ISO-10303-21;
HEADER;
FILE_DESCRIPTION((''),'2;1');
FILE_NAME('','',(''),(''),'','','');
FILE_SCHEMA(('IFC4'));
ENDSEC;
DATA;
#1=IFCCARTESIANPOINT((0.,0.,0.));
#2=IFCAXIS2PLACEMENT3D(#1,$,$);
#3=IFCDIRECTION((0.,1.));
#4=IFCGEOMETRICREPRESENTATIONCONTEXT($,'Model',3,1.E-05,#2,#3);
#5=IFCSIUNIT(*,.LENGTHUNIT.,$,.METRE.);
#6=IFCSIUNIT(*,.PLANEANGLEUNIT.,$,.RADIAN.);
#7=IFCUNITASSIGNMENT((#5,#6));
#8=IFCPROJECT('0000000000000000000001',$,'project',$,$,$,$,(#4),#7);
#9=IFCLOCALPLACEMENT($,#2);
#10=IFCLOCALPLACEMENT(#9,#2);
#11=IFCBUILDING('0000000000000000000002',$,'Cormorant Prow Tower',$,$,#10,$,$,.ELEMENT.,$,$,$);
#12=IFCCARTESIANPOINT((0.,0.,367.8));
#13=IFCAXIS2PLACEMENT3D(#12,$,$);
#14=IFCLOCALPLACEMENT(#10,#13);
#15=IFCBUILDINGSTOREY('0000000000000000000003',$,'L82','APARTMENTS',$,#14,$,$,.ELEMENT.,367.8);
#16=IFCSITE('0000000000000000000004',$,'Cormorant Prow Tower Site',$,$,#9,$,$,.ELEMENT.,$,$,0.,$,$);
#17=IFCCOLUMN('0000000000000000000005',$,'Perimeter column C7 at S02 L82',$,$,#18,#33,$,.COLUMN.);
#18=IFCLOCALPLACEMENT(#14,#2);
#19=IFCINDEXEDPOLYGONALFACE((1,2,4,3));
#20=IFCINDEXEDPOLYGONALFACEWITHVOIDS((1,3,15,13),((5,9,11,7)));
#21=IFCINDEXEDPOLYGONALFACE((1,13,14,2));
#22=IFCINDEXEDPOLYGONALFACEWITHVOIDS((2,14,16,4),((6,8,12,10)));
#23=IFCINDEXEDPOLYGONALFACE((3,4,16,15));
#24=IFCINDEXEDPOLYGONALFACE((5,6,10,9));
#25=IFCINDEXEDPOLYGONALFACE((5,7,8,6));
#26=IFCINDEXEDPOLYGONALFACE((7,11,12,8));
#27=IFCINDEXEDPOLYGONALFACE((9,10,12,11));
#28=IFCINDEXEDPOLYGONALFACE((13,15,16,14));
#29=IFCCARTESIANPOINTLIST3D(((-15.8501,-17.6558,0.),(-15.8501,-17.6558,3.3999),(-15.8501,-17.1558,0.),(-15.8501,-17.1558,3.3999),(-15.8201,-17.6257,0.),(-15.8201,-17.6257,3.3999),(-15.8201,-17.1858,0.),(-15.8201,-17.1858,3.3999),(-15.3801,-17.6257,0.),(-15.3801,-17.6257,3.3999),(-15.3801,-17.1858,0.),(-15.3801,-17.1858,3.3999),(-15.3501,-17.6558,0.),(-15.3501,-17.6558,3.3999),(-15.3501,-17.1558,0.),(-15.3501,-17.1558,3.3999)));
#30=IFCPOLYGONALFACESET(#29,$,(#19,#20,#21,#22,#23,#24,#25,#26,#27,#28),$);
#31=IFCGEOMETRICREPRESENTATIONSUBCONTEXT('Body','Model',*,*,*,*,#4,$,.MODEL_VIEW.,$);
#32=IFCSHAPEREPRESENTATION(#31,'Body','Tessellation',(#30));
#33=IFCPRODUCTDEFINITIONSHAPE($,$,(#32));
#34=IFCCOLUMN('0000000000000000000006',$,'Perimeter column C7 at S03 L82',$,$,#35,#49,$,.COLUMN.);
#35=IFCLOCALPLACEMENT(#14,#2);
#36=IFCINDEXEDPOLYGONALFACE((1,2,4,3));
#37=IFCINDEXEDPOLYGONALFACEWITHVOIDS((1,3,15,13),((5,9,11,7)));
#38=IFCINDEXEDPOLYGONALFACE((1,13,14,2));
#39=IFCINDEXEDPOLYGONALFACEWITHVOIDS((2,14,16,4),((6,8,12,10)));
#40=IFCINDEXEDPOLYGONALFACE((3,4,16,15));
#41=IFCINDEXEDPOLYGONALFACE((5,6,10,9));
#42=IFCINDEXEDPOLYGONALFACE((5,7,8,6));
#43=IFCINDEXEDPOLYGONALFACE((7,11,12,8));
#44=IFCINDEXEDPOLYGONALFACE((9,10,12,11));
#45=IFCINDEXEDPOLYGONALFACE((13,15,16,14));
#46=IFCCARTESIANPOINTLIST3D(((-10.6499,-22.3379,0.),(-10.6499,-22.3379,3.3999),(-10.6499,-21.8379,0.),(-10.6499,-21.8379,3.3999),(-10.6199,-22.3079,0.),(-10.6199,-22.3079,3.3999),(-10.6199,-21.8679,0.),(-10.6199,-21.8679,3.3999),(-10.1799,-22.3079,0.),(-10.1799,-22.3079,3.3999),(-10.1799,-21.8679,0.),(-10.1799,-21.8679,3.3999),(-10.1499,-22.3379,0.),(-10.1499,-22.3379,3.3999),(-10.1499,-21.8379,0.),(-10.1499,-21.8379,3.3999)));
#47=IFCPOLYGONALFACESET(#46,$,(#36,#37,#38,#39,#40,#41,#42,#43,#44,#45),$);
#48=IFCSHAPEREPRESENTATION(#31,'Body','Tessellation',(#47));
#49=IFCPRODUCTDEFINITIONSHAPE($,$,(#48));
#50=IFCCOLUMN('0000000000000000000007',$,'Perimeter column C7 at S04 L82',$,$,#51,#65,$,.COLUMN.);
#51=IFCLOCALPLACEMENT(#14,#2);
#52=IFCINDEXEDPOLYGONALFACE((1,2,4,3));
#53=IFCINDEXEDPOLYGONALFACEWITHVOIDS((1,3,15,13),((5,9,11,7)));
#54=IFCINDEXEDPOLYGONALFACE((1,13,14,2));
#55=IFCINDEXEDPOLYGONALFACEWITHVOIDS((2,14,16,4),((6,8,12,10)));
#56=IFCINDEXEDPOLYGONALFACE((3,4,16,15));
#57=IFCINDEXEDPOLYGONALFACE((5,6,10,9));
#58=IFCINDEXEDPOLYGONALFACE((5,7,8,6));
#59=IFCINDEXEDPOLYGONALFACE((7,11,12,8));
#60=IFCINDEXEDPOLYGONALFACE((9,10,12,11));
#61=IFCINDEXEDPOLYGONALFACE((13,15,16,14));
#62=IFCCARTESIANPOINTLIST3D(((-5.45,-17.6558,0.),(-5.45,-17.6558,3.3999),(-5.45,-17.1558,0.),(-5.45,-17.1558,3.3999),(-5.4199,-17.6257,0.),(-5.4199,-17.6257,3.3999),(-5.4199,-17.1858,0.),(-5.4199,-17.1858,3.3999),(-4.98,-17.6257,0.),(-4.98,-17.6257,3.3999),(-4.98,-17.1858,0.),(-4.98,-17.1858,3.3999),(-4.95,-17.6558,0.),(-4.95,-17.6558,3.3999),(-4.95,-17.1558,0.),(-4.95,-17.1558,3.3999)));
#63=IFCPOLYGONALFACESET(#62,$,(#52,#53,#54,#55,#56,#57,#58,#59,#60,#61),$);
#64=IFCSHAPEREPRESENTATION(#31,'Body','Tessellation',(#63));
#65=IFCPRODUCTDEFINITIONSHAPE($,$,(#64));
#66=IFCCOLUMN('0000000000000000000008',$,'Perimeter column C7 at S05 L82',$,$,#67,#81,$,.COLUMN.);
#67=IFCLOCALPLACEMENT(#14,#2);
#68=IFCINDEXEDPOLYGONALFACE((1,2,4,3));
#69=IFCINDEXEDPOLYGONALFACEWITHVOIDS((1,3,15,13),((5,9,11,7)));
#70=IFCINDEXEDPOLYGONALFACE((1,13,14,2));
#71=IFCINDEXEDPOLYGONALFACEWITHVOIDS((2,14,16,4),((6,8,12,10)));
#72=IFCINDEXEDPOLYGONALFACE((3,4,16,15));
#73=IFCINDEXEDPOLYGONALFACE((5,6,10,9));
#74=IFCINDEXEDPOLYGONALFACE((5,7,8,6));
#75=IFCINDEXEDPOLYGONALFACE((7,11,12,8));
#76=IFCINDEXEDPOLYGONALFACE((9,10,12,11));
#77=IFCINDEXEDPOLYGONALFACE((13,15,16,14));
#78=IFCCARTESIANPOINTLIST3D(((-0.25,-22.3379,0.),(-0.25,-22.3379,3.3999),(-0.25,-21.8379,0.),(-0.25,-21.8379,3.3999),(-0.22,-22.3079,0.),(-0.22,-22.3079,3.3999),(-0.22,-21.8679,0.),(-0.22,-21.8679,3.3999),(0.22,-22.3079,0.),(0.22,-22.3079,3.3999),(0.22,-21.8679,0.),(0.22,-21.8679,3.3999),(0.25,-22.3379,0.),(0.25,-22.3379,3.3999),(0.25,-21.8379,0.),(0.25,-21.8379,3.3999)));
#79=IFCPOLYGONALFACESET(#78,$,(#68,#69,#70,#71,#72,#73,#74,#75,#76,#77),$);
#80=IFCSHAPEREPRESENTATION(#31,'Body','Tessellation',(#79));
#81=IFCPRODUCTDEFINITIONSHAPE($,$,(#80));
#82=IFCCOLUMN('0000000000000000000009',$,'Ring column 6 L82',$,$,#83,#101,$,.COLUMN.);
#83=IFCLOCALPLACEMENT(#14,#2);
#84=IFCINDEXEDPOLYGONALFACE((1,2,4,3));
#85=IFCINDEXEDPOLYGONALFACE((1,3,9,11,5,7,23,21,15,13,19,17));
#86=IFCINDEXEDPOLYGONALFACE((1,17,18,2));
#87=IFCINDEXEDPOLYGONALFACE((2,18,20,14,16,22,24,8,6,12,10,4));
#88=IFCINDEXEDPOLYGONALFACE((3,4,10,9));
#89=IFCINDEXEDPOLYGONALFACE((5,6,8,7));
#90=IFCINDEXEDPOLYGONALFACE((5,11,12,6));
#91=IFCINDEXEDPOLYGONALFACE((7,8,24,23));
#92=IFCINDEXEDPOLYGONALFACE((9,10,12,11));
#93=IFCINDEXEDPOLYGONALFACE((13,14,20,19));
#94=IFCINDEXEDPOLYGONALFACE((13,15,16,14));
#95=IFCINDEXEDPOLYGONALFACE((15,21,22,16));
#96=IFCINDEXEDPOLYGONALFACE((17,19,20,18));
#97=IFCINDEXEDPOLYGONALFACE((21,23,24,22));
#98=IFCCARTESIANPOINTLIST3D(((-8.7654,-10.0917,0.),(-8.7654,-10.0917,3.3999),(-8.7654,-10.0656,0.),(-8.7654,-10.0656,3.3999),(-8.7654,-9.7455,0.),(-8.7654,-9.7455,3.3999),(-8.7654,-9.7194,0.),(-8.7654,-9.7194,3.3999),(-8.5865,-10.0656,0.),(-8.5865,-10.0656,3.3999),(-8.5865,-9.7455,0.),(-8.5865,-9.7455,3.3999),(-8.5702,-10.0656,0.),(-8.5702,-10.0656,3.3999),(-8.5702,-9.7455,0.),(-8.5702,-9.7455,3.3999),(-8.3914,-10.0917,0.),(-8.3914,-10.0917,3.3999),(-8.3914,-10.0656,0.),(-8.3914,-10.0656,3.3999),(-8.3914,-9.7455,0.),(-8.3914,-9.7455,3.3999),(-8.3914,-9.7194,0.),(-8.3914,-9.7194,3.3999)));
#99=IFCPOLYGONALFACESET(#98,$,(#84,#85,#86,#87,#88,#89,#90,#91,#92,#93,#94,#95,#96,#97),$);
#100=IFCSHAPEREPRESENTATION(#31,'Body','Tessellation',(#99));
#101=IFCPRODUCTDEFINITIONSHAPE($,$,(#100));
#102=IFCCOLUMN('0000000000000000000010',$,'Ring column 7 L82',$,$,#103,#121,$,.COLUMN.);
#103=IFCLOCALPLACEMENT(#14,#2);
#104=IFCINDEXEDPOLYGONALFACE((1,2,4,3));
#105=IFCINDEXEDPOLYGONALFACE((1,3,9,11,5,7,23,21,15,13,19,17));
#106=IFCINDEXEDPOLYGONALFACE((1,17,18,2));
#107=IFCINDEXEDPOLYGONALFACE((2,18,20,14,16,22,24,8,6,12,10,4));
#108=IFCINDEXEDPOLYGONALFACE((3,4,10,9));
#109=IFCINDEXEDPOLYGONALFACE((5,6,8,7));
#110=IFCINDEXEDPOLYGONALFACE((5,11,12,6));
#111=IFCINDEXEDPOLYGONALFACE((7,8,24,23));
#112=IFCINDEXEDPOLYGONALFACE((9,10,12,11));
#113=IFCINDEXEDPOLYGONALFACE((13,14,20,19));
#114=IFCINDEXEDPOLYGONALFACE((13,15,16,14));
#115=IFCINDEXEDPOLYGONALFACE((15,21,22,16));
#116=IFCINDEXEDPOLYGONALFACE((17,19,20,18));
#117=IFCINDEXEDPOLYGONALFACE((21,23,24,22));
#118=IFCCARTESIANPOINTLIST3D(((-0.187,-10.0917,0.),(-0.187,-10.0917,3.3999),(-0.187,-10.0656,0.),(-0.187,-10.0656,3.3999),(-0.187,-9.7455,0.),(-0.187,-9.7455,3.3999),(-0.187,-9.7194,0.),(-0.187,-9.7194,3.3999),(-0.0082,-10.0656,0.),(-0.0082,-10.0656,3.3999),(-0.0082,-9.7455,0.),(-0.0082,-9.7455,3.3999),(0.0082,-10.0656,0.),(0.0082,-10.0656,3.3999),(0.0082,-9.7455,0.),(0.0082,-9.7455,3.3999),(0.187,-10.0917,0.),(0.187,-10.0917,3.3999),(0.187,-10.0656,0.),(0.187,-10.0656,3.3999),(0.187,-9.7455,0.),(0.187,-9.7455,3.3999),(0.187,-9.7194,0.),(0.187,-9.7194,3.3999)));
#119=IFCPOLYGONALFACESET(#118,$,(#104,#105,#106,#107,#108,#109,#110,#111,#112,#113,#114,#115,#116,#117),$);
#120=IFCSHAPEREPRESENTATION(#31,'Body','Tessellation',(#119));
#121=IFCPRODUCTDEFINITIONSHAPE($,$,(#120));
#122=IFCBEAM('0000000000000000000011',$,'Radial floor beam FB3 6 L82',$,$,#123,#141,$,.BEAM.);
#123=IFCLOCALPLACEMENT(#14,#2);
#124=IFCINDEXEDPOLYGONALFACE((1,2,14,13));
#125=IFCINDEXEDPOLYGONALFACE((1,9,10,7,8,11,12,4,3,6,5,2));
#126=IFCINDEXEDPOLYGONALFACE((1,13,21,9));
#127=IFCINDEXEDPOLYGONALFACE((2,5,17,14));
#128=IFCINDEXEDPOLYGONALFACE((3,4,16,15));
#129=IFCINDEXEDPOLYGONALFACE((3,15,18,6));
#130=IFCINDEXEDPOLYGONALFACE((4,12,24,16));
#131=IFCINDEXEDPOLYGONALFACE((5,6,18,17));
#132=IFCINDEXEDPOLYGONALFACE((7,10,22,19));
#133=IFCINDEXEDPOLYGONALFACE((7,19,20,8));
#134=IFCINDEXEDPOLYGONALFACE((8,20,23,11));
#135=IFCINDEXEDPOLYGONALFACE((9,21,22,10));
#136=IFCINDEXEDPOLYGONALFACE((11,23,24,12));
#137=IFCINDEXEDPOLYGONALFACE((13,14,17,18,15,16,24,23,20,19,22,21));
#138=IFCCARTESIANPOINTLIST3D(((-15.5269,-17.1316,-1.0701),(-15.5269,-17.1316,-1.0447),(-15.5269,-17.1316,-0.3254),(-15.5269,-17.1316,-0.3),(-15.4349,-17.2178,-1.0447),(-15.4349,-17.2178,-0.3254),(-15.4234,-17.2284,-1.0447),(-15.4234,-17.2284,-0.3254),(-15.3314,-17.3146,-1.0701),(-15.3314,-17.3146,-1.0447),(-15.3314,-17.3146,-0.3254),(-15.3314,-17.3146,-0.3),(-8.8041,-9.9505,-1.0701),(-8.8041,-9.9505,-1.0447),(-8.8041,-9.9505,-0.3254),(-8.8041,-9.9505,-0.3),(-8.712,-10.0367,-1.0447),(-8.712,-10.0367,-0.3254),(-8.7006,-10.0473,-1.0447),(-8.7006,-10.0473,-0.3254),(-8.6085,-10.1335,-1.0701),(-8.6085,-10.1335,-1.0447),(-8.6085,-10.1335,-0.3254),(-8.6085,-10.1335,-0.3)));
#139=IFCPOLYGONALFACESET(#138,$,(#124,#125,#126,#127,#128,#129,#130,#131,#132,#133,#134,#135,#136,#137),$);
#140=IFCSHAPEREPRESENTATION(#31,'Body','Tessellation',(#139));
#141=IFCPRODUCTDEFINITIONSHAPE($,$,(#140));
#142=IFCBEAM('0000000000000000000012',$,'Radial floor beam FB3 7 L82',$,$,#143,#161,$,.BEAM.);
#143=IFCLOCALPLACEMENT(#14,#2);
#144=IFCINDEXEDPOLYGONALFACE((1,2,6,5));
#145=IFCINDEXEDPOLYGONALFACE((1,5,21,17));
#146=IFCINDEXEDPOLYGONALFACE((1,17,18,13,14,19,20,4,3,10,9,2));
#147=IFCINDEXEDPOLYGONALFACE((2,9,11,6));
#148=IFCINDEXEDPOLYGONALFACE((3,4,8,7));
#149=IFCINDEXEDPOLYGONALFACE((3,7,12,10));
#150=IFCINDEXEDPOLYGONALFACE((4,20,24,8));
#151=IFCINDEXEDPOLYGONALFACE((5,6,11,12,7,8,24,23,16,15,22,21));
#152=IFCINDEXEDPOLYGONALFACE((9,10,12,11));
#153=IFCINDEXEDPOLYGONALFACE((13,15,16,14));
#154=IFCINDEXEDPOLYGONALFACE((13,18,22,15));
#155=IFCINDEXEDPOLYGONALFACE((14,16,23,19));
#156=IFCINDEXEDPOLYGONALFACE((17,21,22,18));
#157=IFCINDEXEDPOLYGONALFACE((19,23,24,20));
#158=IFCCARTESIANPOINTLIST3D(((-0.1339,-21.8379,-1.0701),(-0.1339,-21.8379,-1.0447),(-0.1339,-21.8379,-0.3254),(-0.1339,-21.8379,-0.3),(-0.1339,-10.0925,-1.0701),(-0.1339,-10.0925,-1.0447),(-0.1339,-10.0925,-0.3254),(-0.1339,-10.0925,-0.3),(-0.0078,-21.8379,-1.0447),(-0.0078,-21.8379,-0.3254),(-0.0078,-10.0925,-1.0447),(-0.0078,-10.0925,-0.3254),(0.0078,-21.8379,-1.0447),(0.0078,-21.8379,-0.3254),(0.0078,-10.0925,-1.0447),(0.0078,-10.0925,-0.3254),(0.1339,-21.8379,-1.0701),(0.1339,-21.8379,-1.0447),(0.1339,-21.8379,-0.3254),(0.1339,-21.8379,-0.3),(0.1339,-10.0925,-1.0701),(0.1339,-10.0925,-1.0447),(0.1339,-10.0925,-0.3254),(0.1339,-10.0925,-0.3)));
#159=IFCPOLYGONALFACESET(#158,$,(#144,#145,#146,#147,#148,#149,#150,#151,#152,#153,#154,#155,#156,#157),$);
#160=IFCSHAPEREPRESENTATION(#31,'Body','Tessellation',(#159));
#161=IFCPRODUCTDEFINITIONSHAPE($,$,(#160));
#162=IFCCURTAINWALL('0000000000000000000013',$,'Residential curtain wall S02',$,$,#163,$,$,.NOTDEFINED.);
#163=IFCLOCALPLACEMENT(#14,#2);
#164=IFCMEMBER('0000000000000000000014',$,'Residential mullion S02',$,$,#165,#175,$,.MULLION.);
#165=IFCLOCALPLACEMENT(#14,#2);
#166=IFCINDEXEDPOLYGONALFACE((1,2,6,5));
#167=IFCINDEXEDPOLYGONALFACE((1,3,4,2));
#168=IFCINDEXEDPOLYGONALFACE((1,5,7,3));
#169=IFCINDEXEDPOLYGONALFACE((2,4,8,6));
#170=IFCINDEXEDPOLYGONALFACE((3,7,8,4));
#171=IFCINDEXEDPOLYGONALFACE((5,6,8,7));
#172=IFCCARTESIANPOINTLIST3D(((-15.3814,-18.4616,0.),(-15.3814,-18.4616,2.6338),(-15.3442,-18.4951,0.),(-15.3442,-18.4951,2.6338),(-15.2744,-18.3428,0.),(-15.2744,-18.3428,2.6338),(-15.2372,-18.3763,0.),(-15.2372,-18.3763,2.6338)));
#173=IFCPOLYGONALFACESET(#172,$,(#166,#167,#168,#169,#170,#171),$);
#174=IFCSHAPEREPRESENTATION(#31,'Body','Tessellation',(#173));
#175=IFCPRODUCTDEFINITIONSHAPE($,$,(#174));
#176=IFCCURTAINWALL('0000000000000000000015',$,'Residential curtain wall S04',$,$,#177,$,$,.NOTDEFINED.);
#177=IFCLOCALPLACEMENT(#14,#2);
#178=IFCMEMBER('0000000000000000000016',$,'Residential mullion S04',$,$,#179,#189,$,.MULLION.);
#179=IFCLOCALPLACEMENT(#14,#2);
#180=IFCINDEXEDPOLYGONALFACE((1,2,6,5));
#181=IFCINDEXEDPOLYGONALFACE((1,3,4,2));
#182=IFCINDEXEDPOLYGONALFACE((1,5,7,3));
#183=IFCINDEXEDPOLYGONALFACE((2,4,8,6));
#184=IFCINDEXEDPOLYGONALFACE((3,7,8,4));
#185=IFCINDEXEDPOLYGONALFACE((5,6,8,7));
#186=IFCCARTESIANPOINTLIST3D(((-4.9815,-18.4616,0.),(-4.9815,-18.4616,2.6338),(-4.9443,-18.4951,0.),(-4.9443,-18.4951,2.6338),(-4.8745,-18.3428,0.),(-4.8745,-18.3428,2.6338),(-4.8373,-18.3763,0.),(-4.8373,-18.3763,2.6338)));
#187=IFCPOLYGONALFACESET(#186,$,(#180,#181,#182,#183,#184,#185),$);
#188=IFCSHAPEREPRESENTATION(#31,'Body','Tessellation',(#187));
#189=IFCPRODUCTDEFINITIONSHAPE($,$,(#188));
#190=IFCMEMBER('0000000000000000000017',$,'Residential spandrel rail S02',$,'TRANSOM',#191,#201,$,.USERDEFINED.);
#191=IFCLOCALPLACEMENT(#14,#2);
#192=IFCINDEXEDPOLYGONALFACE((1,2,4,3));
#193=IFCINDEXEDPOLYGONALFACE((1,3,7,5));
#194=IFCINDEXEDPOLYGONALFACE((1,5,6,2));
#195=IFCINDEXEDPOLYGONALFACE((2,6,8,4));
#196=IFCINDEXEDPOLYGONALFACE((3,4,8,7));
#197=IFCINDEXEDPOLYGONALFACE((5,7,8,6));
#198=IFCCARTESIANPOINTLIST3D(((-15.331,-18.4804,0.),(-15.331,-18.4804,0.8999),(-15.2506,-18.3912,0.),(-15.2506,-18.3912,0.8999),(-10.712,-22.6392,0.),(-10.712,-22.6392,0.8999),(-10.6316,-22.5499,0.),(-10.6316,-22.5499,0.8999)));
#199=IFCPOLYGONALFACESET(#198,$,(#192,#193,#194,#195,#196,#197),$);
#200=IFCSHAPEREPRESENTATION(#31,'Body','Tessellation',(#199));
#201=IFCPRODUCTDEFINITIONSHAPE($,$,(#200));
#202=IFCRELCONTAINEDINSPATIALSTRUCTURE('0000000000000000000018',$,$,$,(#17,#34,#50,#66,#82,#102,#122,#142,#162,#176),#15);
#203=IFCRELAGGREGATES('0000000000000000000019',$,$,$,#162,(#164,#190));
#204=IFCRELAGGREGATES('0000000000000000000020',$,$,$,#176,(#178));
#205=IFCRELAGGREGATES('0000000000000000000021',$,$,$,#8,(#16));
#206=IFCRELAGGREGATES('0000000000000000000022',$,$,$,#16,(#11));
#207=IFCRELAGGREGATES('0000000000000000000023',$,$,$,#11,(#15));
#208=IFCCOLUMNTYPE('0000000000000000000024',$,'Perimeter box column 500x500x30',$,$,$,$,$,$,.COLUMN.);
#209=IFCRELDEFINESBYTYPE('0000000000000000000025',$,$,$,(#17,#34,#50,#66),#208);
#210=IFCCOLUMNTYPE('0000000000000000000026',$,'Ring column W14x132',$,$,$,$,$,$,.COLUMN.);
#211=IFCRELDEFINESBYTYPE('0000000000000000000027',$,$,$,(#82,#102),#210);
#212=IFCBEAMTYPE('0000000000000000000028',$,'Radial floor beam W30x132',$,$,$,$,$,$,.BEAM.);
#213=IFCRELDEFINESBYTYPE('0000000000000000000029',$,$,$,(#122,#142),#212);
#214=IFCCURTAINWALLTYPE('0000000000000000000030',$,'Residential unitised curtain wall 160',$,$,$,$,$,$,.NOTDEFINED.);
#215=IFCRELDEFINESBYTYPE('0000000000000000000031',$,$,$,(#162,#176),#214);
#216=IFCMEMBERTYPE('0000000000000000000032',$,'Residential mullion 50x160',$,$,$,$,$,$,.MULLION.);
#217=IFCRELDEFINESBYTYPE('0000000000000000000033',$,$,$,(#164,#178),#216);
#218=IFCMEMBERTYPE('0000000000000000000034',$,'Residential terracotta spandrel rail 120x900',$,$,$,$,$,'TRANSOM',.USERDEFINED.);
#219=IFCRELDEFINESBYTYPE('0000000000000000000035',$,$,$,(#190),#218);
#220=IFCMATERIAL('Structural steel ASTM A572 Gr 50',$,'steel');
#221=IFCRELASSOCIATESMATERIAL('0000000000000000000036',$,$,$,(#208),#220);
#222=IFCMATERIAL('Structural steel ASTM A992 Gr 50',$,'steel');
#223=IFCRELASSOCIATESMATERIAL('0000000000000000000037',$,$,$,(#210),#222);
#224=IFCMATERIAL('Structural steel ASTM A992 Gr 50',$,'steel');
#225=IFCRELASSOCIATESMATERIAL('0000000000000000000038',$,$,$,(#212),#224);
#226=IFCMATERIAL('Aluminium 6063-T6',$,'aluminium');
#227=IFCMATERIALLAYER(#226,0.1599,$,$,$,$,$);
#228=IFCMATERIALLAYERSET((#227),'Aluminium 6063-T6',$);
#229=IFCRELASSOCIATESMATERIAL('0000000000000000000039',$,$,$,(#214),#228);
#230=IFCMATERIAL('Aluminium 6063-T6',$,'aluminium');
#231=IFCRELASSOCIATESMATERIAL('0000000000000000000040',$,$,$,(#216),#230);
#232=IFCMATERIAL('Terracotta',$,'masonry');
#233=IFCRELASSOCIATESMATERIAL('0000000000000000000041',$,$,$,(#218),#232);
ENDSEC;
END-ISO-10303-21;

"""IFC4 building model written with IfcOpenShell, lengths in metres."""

from ifc_helpers import new_model, si_unit, direction, frame, origin, origin_2d, place, context, subcontext, project, spatial, rectangle, hollow_rectangle, i_section, extrude, material, layer, layer_set, material_profile, profile_set, type_object, element, aggregate, save


model = new_model("IFC4")

# Units and contexts
model_context = context("Model", 3, precision=1e-05, world=origin(), true_north=direction((0.0, 1.0)))
body_context = subcontext(model_context, "Body", "Model", "MODEL_VIEW")
ifc_project = project(units=[si_unit("LENGTHUNIT", "METRE"), si_unit("PLANEANGLEUNIT", "RADIAN")], contexts=[model_context])

# Site, building, storey
site_placement = place(None, origin())
site = spatial("IfcSite", under=ifc_project, at=site_placement, Name="Cormorant Prow Tower Site", CompositionType="ELEMENT", RefElevation=0.0)
building_placement = place(site_placement, origin())
building = spatial("IfcBuilding", under=site, at=building_placement, Name="Cormorant Prow Tower", CompositionType="ELEMENT")
storey_placement = place(building_placement, frame((0.0, 0.0, 367.8)))
storey = spatial("IfcBuildingStorey", under=building, at=storey_placement, Name="L82", Description="APARTMENTS", CompositionType="ELEMENT", Elevation=367.8)

# Columns
ifc_material_1 = material(Name="Structural steel ASTM A572 Gr 50", Category="steel")
ifc_material_profile_1 = material_profile(ifc_material_1, hollow_rectangle(XDim=0.5, YDim=0.5, WallThickness=0.03, at=origin_2d()), Name="Box 500x500x30")
ifc_profile_set_1 = profile_set([ifc_material_profile_1], Name="Structural steel ASTM A572 Gr 50")
column_type_1 = type_object("IfcColumnType", Name="Perimeter box column 500x500x30", PredefinedType="COLUMN", material=ifc_profile_set_1)
for number, where, z_axis, x_axis, name in (
    (1, (-15.6001, -17.4058, 0.0), (0.0, 0.0, 1.0), (1.0, 0.0, 0.0), "Perimeter column C7 at S02 L82"),
    (2, (-10.3999, -22.0879, 0.0), (0.0, 0.0, 1.0), (1.0, 0.0, 0.0), "Perimeter column C7 at S03 L82"),
    (3, (-5.2, -17.4058, 0.0), (0.0, 0.0, 1.0), (1.0, 0.0, 0.0), "Perimeter column C7 at S04 L82"),
    (4, (0.0, -22.0879, 0.0), (0.0, 0.0, 1.0), (1.0, 0.0, 0.0), "Perimeter column C7 at S05 L82"),
):
    element("IfcColumn", number, at=place(storey_placement, frame(where, z_axis=z_axis, x_axis=x_axis)), inside=storey, type_object=column_type_1, Name=name, PredefinedType="COLUMN", context=body_context, shape_type="SweptSolid", body=[
        extrude(hollow_rectangle(XDim=0.5, YDim=0.5, WallThickness=0.03, at=origin_2d()), origin(), (0.0, 0.0, 1.0), 3.3999),
    ])
ifc_material_2 = material(Name="Structural steel ASTM A992 Gr 50", Category="steel")
ifc_material_profile_2 = material_profile(ifc_material_2, i_section(OverallWidth=0.374, OverallDepth=0.3723, WebThickness=0.0164, FlangeThickness=0.0261, at=origin_2d()), Name="W14x132")
ifc_profile_set_2 = profile_set([ifc_material_profile_2], Name="Structural steel ASTM A992 Gr 50")
column_type_2 = type_object("IfcColumnType", Name="Ring column W14x132", PredefinedType="COLUMN", material=ifc_profile_set_2)
for number, where, z_axis, x_axis, name in (
    (5, (-8.5784, -9.9055, 0.0), (0.0, 0.0, 1.0), (1.0, 0.0, 0.0), "Ring column 6 L82"),
    (6, (0.0, -9.9055, 0.0), (0.0, 0.0, 1.0), (1.0, 0.0, 0.0), "Ring column 7 L82"),
):
    element("IfcColumn", number, at=place(storey_placement, frame(where, z_axis=z_axis, x_axis=x_axis)), inside=storey, type_object=column_type_2, Name=name, PredefinedType="COLUMN", context=body_context, shape_type="SweptSolid", body=[
        extrude(i_section(OverallWidth=0.374, OverallDepth=0.3723, WebThickness=0.0164, FlangeThickness=0.0261, at=origin_2d()), origin(), (0.0, 0.0, 1.0), 3.3999),
    ])

# Beams
ifc_material_3 = material(Name="Structural steel ASTM A992 Gr 50", Category="steel")
ifc_material_profile_3 = material_profile(ifc_material_3, i_section(OverallWidth=0.2678, OverallDepth=0.77, WebThickness=0.0156, FlangeThickness=0.0254, at=origin_2d()), Name="W30x132")
ifc_profile_set_3 = profile_set([ifc_material_profile_3], Name="Structural steel ASTM A992 Gr 50")
beam_type_1 = type_object("IfcBeamType", Name="Radial floor beam W30x132", PredefinedType="BEAM", material=ifc_profile_set_3)
beam_1_placement = place(storey_placement, frame((-8.7063, -10.042, -0.6851), z_axis=(-0.683431, -0.730015, 0.0), x_axis=(0.730015, -0.683431, 0.0)))
element("IfcBeam", 7, at=beam_1_placement, inside=storey, type_object=beam_type_1, Name="Radial floor beam FB3 6 L82", PredefinedType="BEAM", context=body_context, shape_type="SweptSolid", body=[
    extrude(i_section(OverallWidth=0.2678, OverallDepth=0.77, WebThickness=0.0156, FlangeThickness=0.0254, at=origin_2d()), origin(), (0.0, 0.0, 1.0), 9.8369),
])
beam_2_placement = place(storey_placement, frame((0.0, -10.0925, -0.6851), z_axis=(0.0, -1.0, 0.0), x_axis=(1.0, 0.0, 0.0)))
element("IfcBeam", 8, at=beam_2_placement, inside=storey, type_object=beam_type_1, Name="Radial floor beam FB3 7 L82", PredefinedType="BEAM", context=body_context, shape_type="SweptSolid", body=[
    extrude(i_section(OverallWidth=0.2678, OverallDepth=0.77, WebThickness=0.0156, FlangeThickness=0.0254, at=origin_2d()), origin(), (0.0, 0.0, 1.0), 11.7454),
])

# Curtain walls, members
ifc_material_4 = material(Name="Aluminium 6063-T6", Category="aluminium")
ifc_layer_1 = layer(ifc_material_4, 0.1599)
ifc_layer_set_1 = layer_set([ifc_layer_1], Name="Aluminium 6063-T6")
curtain_wall_type = type_object("IfcCurtainWallType", Name="Residential unitised curtain wall 160", PredefinedType="NOTDEFINED", material=ifc_layer_set_1)
curtain_wall_1_placement = place(storey_placement, origin())
curtain_wall_1 = element("IfcCurtainWall", 9, at=curtain_wall_1_placement, inside=storey, type_object=curtain_wall_type, Name="Residential curtain wall S02", PredefinedType="NOTDEFINED")
ifc_material_5 = material(Name="Aluminium 6063-T6", Category="aluminium")
ifc_material_profile_4 = material_profile(ifc_material_5, rectangle(XDim=0.1599, YDim=0.05, at=origin_2d()), Name="Residential mullion 50x160")
ifc_profile_set_4 = profile_set([ifc_material_profile_4], Name="Aluminium 6063-T6")
member_type_1 = type_object("IfcMemberType", Name="Residential mullion 50x160", PredefinedType="MULLION", material=ifc_profile_set_4)
member_1_placement = place(storey_placement, frame((-15.3093, -18.4189, 0.0), z_axis=(0.0, 0.0, 1.0), x_axis=(0.669131, 0.743145, 0.0)))
member_1 = element("IfcMember", 10, at=member_1_placement, type_object=member_type_1, Name="Residential mullion S02", PredefinedType="MULLION", context=body_context, shape_type="SweptSolid", body=[
    extrude(rectangle(XDim=0.1599, YDim=0.05, at=origin_2d()), origin(), (0.0, 0.0, 1.0), 2.6338),
])
curtain_wall_2_placement = place(storey_placement, origin())
curtain_wall_2 = element("IfcCurtainWall", 11, at=curtain_wall_2_placement, inside=storey, type_object=curtain_wall_type, Name="Residential curtain wall S04", PredefinedType="NOTDEFINED")
member_2_placement = place(storey_placement, frame((-4.9094, -18.4189, 0.0), z_axis=(0.0, 0.0, 1.0), x_axis=(0.669131, 0.743145, 0.0)))
member_2 = element("IfcMember", 12, at=member_2_placement, type_object=member_type_1, Name="Residential mullion S04", PredefinedType="MULLION", context=body_context, shape_type="SweptSolid", body=[
    extrude(rectangle(XDim=0.1599, YDim=0.05, at=origin_2d()), origin(), (0.0, 0.0, 1.0), 2.6338),
])

# Member
ifc_material_6 = material(Name="Terracotta", Category="masonry")
ifc_material_profile_5 = material_profile(ifc_material_6, rectangle(XDim=0.1201, YDim=0.8999, at=origin_2d()), Name="Residential terracotta spandrel rail 120x900")
ifc_profile_set_5 = profile_set([ifc_material_profile_5], Name="Terracotta")
member_type_2 = type_object("IfcMemberType", Name="Residential terracotta spandrel rail 120x900", ElementType="TRANSOM", PredefinedType="USERDEFINED", material=ifc_profile_set_5)
member_3_placement = place(storey_placement, frame((-15.2908, -18.4358, 0.45), z_axis=(0.743159, -0.669114, 0.0), x_axis=(0.669114, 0.743159, 0.0)))
member_3 = element("IfcMember", 13, at=member_3_placement, type_object=member_type_2, Name="Residential spandrel rail S02", ObjectType="TRANSOM", PredefinedType="USERDEFINED", context=body_context, shape_type="SweptSolid", body=[
    extrude(rectangle(XDim=0.1201, YDim=0.8999, at=origin_2d()), origin(), (0.0, 0.0, 1.0), 6.2153),
])

aggregate(curtain_wall_1, [member_1, member_3])
aggregate(curtain_wall_2, [member_2])

save(model, "model.ifc")
